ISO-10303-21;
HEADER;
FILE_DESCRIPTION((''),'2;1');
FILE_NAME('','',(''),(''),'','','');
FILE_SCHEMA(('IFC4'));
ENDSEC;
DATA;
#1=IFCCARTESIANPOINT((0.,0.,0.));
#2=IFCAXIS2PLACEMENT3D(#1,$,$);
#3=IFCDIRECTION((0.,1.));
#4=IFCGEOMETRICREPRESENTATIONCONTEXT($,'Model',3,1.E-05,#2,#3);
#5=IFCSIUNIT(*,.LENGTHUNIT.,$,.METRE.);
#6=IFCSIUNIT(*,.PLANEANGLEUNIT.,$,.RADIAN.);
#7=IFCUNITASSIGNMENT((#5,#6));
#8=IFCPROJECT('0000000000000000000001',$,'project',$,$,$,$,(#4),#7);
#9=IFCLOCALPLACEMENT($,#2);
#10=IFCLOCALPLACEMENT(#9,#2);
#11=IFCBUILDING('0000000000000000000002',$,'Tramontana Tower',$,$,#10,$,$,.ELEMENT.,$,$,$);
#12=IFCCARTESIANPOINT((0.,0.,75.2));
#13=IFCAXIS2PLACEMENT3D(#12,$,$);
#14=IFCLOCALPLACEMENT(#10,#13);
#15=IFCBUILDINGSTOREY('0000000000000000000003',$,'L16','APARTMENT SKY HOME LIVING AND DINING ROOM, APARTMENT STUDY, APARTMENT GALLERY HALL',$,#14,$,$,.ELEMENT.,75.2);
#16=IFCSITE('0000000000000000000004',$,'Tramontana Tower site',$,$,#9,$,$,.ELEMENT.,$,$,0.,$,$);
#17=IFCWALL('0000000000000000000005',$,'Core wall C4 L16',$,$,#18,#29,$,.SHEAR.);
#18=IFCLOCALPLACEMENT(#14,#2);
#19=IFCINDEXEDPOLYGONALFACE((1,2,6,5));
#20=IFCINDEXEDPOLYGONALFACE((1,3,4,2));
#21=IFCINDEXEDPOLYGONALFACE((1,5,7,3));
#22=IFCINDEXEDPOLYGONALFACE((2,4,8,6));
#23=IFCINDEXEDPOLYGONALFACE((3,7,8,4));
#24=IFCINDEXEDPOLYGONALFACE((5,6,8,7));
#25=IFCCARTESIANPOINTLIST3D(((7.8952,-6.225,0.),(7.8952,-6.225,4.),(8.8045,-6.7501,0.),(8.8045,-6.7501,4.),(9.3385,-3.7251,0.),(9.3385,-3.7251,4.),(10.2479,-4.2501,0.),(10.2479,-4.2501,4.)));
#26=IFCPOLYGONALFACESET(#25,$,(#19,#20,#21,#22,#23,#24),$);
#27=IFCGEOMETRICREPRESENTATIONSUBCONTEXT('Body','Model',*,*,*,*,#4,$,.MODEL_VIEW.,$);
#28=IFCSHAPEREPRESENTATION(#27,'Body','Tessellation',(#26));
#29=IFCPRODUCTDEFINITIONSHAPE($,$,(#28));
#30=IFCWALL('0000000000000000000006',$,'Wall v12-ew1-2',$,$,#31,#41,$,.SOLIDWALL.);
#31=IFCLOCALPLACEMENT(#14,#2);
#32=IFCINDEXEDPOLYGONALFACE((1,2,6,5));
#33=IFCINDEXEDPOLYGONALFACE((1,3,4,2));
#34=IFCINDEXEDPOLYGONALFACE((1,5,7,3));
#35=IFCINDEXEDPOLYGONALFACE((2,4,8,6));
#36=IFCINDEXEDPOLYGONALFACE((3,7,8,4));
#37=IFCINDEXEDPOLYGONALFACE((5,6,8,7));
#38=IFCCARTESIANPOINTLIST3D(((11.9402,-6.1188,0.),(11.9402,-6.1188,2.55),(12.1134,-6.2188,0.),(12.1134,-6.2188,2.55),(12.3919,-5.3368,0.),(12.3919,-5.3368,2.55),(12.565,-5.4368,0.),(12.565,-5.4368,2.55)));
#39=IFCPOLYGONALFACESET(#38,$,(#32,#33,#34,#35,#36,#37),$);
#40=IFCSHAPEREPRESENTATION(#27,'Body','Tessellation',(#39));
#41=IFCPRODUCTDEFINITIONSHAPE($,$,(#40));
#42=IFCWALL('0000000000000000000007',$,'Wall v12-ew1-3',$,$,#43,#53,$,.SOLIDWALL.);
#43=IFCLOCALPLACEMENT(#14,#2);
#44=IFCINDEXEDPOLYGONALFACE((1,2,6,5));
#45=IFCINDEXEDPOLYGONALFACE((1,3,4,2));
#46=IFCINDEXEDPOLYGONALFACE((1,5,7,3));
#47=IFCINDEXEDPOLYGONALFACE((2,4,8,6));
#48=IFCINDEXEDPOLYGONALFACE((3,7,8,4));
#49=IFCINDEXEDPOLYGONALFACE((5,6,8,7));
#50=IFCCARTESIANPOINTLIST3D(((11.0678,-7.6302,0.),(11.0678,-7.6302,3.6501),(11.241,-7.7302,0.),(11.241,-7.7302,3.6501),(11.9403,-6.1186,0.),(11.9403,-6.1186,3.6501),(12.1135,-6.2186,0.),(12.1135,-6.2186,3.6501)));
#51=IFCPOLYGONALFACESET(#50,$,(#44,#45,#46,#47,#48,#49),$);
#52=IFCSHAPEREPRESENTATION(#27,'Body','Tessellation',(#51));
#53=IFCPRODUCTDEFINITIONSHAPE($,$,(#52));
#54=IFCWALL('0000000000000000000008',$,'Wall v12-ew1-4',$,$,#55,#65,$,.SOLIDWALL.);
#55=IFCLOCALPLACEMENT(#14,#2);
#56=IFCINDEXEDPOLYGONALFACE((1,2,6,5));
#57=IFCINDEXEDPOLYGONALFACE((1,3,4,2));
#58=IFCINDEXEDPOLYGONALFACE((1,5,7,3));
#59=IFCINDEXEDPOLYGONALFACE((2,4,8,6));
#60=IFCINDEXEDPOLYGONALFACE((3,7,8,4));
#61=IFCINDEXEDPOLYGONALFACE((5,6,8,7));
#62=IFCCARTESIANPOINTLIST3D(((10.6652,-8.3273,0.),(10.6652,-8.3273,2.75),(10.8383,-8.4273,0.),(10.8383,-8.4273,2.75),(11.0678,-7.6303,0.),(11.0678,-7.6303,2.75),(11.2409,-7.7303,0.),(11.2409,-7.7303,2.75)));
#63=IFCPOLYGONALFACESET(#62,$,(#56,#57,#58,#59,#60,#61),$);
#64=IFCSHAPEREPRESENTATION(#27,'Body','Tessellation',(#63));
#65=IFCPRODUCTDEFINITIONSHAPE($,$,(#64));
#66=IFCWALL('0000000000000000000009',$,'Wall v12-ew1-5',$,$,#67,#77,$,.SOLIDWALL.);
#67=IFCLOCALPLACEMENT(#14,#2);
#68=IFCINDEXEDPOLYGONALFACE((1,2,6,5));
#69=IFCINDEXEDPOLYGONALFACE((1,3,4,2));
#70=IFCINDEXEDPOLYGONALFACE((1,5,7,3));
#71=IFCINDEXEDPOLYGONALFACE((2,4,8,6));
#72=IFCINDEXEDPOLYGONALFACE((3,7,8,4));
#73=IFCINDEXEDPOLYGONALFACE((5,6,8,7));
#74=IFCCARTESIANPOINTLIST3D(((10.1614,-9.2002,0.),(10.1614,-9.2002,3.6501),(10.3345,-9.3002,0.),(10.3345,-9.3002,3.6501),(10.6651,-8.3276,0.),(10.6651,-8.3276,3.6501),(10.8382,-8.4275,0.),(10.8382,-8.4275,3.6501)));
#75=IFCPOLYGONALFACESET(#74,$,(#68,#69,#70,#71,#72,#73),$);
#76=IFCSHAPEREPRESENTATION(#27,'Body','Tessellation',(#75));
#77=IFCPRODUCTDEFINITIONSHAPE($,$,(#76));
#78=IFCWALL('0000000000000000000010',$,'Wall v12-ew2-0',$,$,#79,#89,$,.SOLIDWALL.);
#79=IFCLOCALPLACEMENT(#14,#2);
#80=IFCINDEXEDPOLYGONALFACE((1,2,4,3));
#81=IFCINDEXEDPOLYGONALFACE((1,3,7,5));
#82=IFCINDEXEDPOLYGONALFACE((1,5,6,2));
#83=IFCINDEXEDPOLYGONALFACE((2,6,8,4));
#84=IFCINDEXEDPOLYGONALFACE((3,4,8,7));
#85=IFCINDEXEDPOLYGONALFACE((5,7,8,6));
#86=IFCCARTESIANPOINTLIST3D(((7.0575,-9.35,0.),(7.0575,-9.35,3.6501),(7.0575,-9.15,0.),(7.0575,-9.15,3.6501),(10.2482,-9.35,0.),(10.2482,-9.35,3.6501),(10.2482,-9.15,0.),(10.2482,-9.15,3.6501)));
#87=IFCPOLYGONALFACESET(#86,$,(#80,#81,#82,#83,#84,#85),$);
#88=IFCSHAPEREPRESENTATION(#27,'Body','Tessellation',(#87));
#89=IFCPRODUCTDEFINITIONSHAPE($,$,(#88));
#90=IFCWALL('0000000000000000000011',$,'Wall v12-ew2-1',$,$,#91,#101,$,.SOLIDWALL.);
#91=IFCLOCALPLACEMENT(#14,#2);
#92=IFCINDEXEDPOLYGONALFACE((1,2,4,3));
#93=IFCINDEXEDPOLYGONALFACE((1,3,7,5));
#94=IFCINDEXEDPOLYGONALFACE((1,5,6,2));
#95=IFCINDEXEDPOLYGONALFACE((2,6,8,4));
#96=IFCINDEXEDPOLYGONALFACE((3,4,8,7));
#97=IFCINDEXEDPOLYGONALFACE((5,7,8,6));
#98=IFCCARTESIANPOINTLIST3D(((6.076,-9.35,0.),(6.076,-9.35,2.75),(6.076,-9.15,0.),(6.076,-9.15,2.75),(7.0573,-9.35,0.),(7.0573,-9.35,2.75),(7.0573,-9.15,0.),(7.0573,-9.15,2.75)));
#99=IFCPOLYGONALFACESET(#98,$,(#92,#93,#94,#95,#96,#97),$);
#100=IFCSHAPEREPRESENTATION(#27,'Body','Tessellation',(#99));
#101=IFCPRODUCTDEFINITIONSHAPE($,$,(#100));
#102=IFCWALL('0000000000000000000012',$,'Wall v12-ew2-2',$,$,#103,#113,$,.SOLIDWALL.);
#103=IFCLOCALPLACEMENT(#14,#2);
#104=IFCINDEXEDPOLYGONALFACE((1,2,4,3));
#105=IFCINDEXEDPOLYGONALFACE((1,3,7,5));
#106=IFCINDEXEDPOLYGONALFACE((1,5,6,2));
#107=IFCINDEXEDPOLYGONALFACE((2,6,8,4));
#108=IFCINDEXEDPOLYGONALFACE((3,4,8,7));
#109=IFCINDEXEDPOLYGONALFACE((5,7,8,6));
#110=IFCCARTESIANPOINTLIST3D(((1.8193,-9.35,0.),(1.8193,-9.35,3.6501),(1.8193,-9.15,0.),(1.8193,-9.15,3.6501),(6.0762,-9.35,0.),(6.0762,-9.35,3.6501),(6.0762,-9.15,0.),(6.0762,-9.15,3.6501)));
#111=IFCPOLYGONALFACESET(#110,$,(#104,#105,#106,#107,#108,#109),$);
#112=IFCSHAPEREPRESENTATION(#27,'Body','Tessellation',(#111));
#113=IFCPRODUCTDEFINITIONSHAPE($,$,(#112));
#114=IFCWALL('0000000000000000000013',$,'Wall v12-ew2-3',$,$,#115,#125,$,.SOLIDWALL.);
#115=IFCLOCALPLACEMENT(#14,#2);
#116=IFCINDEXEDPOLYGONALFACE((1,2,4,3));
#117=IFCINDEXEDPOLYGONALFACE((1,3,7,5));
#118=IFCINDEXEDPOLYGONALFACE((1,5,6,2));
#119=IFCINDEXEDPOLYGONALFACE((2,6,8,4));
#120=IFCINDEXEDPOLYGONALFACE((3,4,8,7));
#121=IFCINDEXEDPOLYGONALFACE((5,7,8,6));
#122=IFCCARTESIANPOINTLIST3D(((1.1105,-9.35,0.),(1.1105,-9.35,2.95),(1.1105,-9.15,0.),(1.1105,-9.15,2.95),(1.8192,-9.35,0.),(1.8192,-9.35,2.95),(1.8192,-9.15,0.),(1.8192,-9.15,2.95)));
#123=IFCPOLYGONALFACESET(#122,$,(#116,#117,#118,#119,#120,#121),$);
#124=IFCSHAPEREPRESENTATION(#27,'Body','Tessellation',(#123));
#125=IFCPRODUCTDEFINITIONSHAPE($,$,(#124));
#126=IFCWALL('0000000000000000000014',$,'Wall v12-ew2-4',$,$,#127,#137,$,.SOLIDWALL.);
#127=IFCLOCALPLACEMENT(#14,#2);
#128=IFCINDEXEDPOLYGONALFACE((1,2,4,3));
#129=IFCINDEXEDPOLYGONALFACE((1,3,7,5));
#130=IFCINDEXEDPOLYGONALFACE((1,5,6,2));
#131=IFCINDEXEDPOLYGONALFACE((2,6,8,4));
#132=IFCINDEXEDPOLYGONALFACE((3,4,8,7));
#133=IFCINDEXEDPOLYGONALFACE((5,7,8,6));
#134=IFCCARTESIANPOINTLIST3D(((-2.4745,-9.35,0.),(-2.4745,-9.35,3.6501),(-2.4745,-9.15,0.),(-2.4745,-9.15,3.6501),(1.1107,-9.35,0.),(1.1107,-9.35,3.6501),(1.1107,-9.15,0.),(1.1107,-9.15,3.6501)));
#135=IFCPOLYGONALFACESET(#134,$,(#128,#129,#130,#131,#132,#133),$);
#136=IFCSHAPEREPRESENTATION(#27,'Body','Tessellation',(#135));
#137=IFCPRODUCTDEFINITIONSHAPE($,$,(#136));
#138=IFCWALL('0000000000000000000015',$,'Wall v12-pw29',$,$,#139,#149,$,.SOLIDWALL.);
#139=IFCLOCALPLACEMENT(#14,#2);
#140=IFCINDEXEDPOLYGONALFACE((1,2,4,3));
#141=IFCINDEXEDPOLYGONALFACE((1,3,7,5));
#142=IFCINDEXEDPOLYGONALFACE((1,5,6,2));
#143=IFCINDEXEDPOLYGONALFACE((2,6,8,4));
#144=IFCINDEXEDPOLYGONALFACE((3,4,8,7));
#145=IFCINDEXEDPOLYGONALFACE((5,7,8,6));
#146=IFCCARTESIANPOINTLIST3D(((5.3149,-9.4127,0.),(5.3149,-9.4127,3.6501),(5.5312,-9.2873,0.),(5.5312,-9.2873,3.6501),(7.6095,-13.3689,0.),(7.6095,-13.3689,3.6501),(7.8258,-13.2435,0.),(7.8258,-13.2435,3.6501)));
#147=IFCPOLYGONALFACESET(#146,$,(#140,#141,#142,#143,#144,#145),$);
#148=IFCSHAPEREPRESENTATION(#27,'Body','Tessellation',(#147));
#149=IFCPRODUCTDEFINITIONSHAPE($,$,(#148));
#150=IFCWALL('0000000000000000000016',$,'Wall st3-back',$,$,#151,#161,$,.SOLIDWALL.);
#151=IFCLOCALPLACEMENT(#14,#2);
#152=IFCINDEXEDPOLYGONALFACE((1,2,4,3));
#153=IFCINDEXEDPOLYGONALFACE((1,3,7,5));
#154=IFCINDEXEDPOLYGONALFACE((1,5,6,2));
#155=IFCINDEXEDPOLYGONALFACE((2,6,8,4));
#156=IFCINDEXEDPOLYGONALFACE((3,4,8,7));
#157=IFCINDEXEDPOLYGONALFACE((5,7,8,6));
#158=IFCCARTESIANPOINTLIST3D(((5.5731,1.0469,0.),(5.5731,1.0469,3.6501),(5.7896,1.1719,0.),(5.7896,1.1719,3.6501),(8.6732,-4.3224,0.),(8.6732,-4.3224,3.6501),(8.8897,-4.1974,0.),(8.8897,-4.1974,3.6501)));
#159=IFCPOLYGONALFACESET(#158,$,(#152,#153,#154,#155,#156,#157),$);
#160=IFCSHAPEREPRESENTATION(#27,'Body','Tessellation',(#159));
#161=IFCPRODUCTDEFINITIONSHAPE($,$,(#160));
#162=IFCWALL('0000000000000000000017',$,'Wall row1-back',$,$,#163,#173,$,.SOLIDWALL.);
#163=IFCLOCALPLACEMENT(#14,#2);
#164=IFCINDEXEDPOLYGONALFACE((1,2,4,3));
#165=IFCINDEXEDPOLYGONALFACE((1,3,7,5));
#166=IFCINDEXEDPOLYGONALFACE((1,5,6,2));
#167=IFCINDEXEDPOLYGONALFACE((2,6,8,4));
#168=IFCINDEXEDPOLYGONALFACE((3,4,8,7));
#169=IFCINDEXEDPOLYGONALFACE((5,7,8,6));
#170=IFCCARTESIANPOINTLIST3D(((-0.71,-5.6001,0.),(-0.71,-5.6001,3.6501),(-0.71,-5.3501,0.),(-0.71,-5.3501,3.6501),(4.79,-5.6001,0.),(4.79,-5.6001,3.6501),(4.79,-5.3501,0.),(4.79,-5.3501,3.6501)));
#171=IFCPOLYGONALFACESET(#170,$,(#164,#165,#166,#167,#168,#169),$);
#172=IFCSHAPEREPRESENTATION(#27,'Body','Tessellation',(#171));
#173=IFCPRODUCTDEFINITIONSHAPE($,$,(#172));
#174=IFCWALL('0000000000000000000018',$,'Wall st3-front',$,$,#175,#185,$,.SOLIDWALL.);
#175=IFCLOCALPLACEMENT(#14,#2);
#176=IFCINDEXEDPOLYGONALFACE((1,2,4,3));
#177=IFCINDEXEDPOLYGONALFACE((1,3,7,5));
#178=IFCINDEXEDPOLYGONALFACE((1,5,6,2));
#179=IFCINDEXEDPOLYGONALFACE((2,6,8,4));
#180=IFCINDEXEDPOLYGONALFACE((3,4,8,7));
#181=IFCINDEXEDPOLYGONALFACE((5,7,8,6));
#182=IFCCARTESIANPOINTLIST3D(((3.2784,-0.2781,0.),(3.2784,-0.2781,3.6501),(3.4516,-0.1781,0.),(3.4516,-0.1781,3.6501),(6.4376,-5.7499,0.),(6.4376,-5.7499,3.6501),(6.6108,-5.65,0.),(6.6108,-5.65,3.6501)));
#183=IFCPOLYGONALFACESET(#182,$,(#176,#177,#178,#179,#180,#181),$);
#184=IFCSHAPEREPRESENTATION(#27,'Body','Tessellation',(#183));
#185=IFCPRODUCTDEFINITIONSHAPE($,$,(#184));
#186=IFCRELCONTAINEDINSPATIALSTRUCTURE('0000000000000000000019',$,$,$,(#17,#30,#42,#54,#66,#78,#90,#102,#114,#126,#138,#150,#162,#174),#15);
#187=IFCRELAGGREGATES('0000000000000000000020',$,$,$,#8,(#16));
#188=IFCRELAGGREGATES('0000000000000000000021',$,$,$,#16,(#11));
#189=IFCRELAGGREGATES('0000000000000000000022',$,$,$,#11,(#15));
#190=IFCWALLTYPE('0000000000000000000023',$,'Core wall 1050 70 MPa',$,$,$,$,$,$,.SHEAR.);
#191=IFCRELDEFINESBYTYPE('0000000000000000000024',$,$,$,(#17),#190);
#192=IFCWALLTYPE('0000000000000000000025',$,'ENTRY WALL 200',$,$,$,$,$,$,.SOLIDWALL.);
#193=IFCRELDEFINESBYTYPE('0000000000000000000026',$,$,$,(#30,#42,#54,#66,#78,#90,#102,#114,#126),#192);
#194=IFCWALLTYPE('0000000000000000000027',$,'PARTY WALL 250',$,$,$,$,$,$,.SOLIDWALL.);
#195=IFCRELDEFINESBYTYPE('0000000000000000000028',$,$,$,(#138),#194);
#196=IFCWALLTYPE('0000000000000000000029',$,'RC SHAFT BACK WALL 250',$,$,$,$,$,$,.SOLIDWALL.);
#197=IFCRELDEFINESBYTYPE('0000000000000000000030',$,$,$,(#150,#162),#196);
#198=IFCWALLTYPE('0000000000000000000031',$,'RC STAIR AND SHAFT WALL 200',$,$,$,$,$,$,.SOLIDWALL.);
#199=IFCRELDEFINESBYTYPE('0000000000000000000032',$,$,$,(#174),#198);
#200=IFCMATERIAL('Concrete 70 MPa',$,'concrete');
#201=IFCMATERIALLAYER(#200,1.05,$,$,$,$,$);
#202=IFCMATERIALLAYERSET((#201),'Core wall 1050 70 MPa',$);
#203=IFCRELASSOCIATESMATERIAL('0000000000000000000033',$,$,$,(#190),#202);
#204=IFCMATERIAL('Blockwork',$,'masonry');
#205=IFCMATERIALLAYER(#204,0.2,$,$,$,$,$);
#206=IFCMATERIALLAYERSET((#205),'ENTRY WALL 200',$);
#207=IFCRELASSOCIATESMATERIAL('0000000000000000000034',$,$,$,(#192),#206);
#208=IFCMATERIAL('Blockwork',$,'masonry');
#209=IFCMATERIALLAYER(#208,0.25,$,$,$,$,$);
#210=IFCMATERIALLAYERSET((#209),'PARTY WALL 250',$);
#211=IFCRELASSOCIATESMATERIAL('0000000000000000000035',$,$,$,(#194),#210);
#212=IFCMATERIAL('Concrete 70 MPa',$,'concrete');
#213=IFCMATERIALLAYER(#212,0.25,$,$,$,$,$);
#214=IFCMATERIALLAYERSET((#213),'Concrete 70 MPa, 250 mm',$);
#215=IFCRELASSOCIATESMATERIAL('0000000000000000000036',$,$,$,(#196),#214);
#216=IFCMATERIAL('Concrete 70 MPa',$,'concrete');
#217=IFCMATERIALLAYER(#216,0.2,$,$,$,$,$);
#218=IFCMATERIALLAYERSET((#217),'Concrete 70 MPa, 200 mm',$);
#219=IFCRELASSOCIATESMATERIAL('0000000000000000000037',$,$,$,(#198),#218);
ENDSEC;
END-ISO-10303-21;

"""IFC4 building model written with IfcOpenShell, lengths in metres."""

from ifc_helpers import new_model, si_unit, direction, frame, frame_2d, origin, place, context, subcontext, project, spatial, rectangle, extrude, material, layer, layer_set, type_object, element, save


model = new_model("IFC4")

# Units and contexts
model_context = context("Model", 3, precision=1e-05, world=origin(), true_north=direction((0.0, 1.0)))
body_context = subcontext(model_context, "Body", "Model", "MODEL_VIEW")
ifc_project = project(units=[si_unit("LENGTHUNIT", "METRE"), si_unit("PLANEANGLEUNIT", "RADIAN")], contexts=[model_context])

# Site, building, storey
site_placement = place(None, origin())
site = spatial("IfcSite", under=ifc_project, at=site_placement, Name="Tramontana Tower site", CompositionType="ELEMENT", RefElevation=0.0)
building_placement = place(site_placement, origin())
building = spatial("IfcBuilding", under=site, at=building_placement, Name="Tramontana Tower", CompositionType="ELEMENT")
storey_placement = place(building_placement, frame((0.0, 0.0, 75.2)))
storey = spatial("IfcBuildingStorey", under=building, at=storey_placement, Name="L16", Description="APARTMENT SKY HOME LIVING AND DINING ROOM, APARTMENT STUDY, APARTMENT GALLERY HALL", CompositionType="ELEMENT", Elevation=75.2)

# Wall
ifc_material_1 = material(Name="Concrete 70 MPa", Category="concrete")
ifc_layer_1 = layer(ifc_material_1, 1.05)
ifc_layer_set_1 = layer_set([ifc_layer_1], Name="Core wall 1050 70 MPa")
wall_type_1 = type_object("IfcWallType", Name="Core wall 1050 70 MPa", PredefinedType="SHEAR", material=ifc_layer_set_1)
wall_1_placement = place(storey_placement, frame((8.3499, -6.4875, 0.0), z_axis=(0.0, 0.0, 1.0), x_axis=(0.499996, 0.866028, 0.0)))
element("IfcWall", 1, at=wall_1_placement, inside=storey, type_object=wall_type_1, Name="Core wall C4 L16", PredefinedType="SHEAR", context=body_context, shape_type="SweptSolid", body=[
    extrude(rectangle(XDim=2.8867, YDim=1.05, at=frame_2d((1.4434, 0.0))), origin(), (0.0, 0.0, 1.0), 4.0),
])

# Shared definitions
ifc_material_2 = material(Name="Blockwork", Category="masonry")
ifc_layer_2 = layer(ifc_material_2, 0.2)
ifc_layer_set_2 = layer_set([ifc_layer_2], Name="ENTRY WALL 200")
wall_type_2 = type_object("IfcWallType", Name="ENTRY WALL 200", PredefinedType="SOLIDWALL", material=ifc_layer_set_2)

# Walls
wall_2_placement = place(storey_placement, frame((12.4785, -5.3867, 0.0), z_axis=(0.0, 0.0, 1.0), x_axis=(-0.500151, -0.865938, 0.0)))
element("IfcWall", 2, at=wall_2_placement, inside=storey, type_object=wall_type_2, Name="Wall v12-ew1-2", PredefinedType="SOLIDWALL", context=body_context, shape_type="SweptSolid", body=[
    extrude(rectangle(XDim=0.9031, YDim=0.2, at=frame_2d((0.4517, 0.0))), origin(), (0.0, 0.0, 1.0), 2.55),
])
wall_3_placement = place(storey_placement, frame((12.0269, -6.1687, 0.0), z_axis=(0.0, 0.0, 1.0), x_axis=(-0.4999, -0.866083, 0.0)))
element("IfcWall", 3, at=wall_3_placement, inside=storey, type_object=wall_type_2, Name="Wall v12-ew1-3", PredefinedType="SOLIDWALL", context=body_context, shape_type="SweptSolid", body=[
    extrude(rectangle(XDim=1.7454, YDim=0.2, at=frame_2d((0.8726, 0.0))), origin(), (0.0, 0.0, 1.0), 3.6501),
])
wall_4_placement = place(storey_placement, frame((11.1543, -7.6804, 0.0), z_axis=(0.0, 0.0, 1.0), x_axis=(-0.500151, -0.865938, 0.0)))
element("IfcWall", 4, at=wall_4_placement, inside=storey, type_object=wall_type_2, Name="Wall v12-ew1-4", PredefinedType="SOLIDWALL", context=body_context, shape_type="SweptSolid", body=[
    extrude(rectangle(XDim=0.8049, YDim=0.2, at=frame_2d((0.4023, 0.0))), origin(), (0.0, 0.0, 1.0), 2.75),
])
wall_5_placement = place(storey_placement, frame((10.7517, -8.3774, 0.0), z_axis=(0.0, 0.0, 1.0), x_axis=(-0.499918, -0.866073, 0.0)))
element("IfcWall", 5, at=wall_5_placement, inside=storey, type_object=wall_type_2, Name="Wall v12-ew1-5", PredefinedType="SOLIDWALL", context=body_context, shape_type="SweptSolid", body=[
    extrude(rectangle(XDim=1.0076, YDim=0.2, at=frame_2d((0.5039, 0.0))), origin(), (0.0, 0.0, 1.0), 3.6501),
])
wall_6_placement = place(storey_placement, frame((10.248, -9.25, 0.0), z_axis=(0.0, 0.0, 1.0), x_axis=(-1.0, 0.0, 0.0)))
element("IfcWall", 6, at=wall_6_placement, inside=storey, type_object=wall_type_2, Name="Wall v12-ew2-0", PredefinedType="SOLIDWALL", context=body_context, shape_type="SweptSolid", body=[
    extrude(rectangle(XDim=3.1907, YDim=0.2, at=frame_2d((1.5952, 0.0))), origin(), (0.0, 0.0, 1.0), 3.6501),
])
wall_7_placement = place(storey_placement, frame((7.0574, -9.25, 0.0), z_axis=(0.0, 0.0, 1.0), x_axis=(-1.0, 0.0, 0.0)))
element("IfcWall", 7, at=wall_7_placement, inside=storey, type_object=wall_type_2, Name="Wall v12-ew2-1", PredefinedType="SOLIDWALL", context=body_context, shape_type="SweptSolid", body=[
    extrude(rectangle(XDim=0.9812, YDim=0.2, at=frame_2d((0.4907, 0.0))), origin(), (0.0, 0.0, 1.0), 2.75),
])
wall_8_placement = place(storey_placement, frame((6.0762, -9.25, 0.0), z_axis=(0.0, 0.0, 1.0), x_axis=(-1.0, 0.0, 0.0)))
element("IfcWall", 8, at=wall_8_placement, inside=storey, type_object=wall_type_2, Name="Wall v12-ew2-2", PredefinedType="SOLIDWALL", context=body_context, shape_type="SweptSolid", body=[
    extrude(rectangle(XDim=4.2568, YDim=0.2, at=frame_2d((2.1284, 0.0))), origin(), (0.0, 0.0, 1.0), 3.6501),
])
wall_9_placement = place(storey_placement, frame((1.8193, -9.25, 0.0), z_axis=(0.0, 0.0, 1.0), x_axis=(-1.0, 0.0, 0.0)))
element("IfcWall", 9, at=wall_9_placement, inside=storey, type_object=wall_type_2, Name="Wall v12-ew2-3", PredefinedType="SOLIDWALL", context=body_context, shape_type="SweptSolid", body=[
    extrude(rectangle(XDim=0.7087, YDim=0.2, at=frame_2d((0.3545, 0.0))), origin(), (0.0, 0.0, 1.0), 2.95),
])
wall_10_placement = place(storey_placement, frame((1.1106, -9.25, 0.0), z_axis=(0.0, 0.0, 1.0), x_axis=(-1.0, 0.0, 0.0)))
element("IfcWall", 10, at=wall_10_placement, inside=storey, type_object=wall_type_2, Name="Wall v12-ew2-4", PredefinedType="SOLIDWALL", context=body_context, shape_type="SweptSolid", body=[
    extrude(rectangle(XDim=3.5852, YDim=0.2, at=frame_2d((1.7925, 0.0))), origin(), (0.0, 0.0, 1.0), 3.6501),
])
ifc_material_3 = material(Name="Blockwork", Category="masonry")
ifc_layer_3 = layer(ifc_material_3, 0.25)
ifc_layer_set_3 = layer_set([ifc_layer_3], Name="PARTY WALL 250")
wall_type_3 = type_object("IfcWallType", Name="PARTY WALL 250", PredefinedType="SOLIDWALL", material=ifc_layer_set_3)
wall_11_placement = place(storey_placement, frame((5.4231, -9.3501, 0.0), z_axis=(0.0, 0.0, 1.0), x_axis=(0.501722, -0.865029, 0.0)))
element("IfcWall", 11, at=wall_11_placement, inside=storey, type_object=wall_type_3, Name="Wall v12-pw29", PredefinedType="SOLIDWALL", context=body_context, shape_type="SweptSolid", body=[
    extrude(rectangle(XDim=4.5735, YDim=0.25, at=frame_2d((2.2866, 0.0))), origin(), (0.0, 0.0, 1.0), 3.6501),
])
ifc_material_4 = material(Name="Concrete 70 MPa", Category="concrete")
ifc_layer_4 = layer(ifc_material_4, 0.25)
ifc_layer_set_4 = layer_set([ifc_layer_4], Name="Concrete 70 MPa, 250 mm")
wall_type_4 = type_object("IfcWallType", Name="RC SHAFT BACK WALL 250", PredefinedType="SOLIDWALL", material=ifc_layer_set_4)
wall_12_placement = place(storey_placement, frame((8.7815, -4.26, 0.0), z_axis=(0.0, 0.0, 1.0), x_axis=(-0.50001, 0.86602, 0.0)))
element("IfcWall", 12, at=wall_12_placement, inside=storey, type_object=wall_type_4, Name="Wall st3-back", PredefinedType="SOLIDWALL", context=body_context, shape_type="SweptSolid", body=[
    extrude(rectangle(XDim=6.2, YDim=0.25, at=frame_2d((3.1001, 0.0))), origin(), (0.0, 0.0, 1.0), 3.6501),
])
wall_13_placement = place(storey_placement, frame((-0.71, -5.4751, 0.0), z_axis=(0.0, 0.0, 1.0), x_axis=(1.0, 0.0, 0.0)))
element("IfcWall", 13, at=wall_13_placement, inside=storey, type_object=wall_type_4, Name="Wall row1-back", PredefinedType="SOLIDWALL", context=body_context, shape_type="SweptSolid", body=[
    extrude(rectangle(XDim=5.5, YDim=0.25, at=frame_2d((2.75, 0.0))), origin(), (0.0, 0.0, 1.0), 3.6501),
])
ifc_material_5 = material(Name="Concrete 70 MPa", Category="concrete")
ifc_layer_5 = layer(ifc_material_5, 0.2)
ifc_layer_set_5 = layer_set([ifc_layer_5], Name="Concrete 70 MPa, 200 mm")
wall_type_5 = type_object("IfcWallType", Name="RC STAIR AND SHAFT WALL 200", PredefinedType="SOLIDWALL", material=ifc_layer_set_5)
wall_14_placement = place(storey_placement, frame((6.5242, -5.7, 0.0), z_axis=(0.0, 0.0, 1.0), x_axis=(-0.499996, 0.866028, 0.0)))
element("IfcWall", 14, at=wall_14_placement, inside=storey, type_object=wall_type_5, Name="Wall st3-front", PredefinedType="SOLIDWALL", context=body_context, shape_type="SweptSolid", body=[
    extrude(rectangle(XDim=6.3184, YDim=0.2, at=frame_2d((3.1592, 0.0))), origin(), (0.0, 0.0, 1.0), 3.6501),
])

save(model, "model.ifc")
